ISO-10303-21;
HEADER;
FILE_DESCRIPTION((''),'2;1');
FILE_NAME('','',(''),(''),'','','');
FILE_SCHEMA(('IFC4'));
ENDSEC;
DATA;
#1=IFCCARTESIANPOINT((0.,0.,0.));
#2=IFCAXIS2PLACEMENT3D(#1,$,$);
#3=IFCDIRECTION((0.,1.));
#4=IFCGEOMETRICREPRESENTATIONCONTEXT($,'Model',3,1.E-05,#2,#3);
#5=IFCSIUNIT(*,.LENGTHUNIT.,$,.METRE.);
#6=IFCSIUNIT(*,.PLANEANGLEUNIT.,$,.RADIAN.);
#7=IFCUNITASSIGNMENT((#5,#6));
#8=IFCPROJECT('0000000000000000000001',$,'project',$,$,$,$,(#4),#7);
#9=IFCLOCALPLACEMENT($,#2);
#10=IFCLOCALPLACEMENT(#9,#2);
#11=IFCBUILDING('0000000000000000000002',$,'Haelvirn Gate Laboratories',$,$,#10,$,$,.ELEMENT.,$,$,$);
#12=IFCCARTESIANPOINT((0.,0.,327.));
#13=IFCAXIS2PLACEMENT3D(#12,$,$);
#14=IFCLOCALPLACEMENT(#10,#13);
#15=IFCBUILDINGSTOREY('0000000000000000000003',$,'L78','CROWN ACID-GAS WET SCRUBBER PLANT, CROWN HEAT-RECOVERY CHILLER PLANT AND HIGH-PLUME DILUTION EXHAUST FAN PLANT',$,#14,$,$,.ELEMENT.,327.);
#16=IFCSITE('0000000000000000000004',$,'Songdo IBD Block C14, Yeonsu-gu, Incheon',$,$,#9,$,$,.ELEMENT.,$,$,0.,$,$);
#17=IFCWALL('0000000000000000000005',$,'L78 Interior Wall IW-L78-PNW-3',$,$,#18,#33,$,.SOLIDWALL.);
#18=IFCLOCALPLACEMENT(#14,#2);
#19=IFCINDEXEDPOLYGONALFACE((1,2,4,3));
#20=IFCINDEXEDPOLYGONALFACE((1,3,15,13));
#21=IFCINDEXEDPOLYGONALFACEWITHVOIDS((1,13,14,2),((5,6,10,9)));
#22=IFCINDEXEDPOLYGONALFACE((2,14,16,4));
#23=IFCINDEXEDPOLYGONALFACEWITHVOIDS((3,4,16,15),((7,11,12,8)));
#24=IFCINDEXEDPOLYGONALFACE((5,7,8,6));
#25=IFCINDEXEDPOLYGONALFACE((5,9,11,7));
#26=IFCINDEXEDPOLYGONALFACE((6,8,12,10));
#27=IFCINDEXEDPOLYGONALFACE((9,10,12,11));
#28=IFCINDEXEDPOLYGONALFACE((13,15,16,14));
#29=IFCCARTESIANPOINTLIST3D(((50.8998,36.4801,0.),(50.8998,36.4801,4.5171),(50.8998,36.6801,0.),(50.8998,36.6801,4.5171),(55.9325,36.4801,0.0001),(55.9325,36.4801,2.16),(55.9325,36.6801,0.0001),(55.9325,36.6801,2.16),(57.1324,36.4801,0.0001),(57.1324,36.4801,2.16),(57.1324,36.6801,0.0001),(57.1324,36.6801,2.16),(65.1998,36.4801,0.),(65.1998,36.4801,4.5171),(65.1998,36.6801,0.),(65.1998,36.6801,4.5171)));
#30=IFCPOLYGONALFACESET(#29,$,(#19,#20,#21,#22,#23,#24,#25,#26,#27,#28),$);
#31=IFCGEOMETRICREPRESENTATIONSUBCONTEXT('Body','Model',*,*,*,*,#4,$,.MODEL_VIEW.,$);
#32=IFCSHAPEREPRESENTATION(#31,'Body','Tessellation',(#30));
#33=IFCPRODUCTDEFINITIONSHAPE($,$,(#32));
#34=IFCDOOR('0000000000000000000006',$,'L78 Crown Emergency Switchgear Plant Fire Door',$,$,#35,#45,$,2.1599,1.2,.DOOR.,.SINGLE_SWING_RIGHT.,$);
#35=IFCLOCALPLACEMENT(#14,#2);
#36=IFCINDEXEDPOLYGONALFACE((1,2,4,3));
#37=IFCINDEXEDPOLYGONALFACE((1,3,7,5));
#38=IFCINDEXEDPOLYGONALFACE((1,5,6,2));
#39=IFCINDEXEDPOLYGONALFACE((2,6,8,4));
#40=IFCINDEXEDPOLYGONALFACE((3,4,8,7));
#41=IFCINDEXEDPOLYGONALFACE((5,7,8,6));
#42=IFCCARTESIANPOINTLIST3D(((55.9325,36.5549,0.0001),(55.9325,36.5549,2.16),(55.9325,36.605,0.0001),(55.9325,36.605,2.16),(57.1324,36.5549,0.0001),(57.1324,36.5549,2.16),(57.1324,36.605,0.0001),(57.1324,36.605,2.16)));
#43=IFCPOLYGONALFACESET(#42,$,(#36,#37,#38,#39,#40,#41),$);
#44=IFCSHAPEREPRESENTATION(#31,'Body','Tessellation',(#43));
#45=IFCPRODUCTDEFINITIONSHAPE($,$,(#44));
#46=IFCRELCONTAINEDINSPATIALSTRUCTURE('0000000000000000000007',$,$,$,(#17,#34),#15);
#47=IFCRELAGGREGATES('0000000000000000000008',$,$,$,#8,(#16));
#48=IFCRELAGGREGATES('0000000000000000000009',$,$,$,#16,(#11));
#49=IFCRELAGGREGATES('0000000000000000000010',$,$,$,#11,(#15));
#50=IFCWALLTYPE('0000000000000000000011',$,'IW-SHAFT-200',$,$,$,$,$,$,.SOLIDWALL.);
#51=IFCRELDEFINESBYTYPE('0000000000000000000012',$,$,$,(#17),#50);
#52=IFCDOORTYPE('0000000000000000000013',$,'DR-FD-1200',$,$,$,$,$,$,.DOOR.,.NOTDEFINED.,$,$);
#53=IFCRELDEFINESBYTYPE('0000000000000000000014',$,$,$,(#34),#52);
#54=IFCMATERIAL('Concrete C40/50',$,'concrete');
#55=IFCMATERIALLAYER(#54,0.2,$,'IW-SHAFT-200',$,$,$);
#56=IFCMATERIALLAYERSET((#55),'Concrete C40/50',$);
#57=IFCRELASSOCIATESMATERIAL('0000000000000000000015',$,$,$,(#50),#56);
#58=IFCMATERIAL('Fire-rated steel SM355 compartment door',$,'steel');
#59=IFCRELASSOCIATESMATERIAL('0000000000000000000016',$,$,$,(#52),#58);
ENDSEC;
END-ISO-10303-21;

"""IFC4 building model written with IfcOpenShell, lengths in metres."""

from ifc_helpers import new_model, si_unit, direction, frame, frame_2d, origin, place, context, subcontext, project, spatial, rectangle, extrude, source, transform, mapped, material, layer, layer_set, type_object, type_shapes, element, fill, save


model = new_model("IFC4")

# Units and contexts
model_context = context("Model", 3, precision=1e-05, world=origin(), true_north=direction((0.0, 1.0)))
body_context = subcontext(model_context, "Body", "Model", "MODEL_VIEW")
ifc_project = project(units=[si_unit("LENGTHUNIT", "METRE"), si_unit("PLANEANGLEUNIT", "RADIAN")], contexts=[model_context])

# Site, building, storey
site_placement = place(None, origin())
site = spatial("IfcSite", under=ifc_project, at=site_placement, Name="Songdo IBD Block C14, Yeonsu-gu, Incheon", CompositionType="ELEMENT", RefElevation=0.0)
building_placement = place(site_placement, origin())
building = spatial("IfcBuilding", under=site, at=building_placement, Name="Haelvirn Gate Laboratories", CompositionType="ELEMENT")
storey_placement = place(building_placement, frame((0.0, 0.0, 327.0)))
storey = spatial("IfcBuildingStorey", under=building, at=storey_placement, Name="L78", Description="CROWN ACID-GAS WET SCRUBBER PLANT, CROWN HEAT-RECOVERY CHILLER PLANT AND HIGH-PLUME DILUTION EXHAUST FAN PLANT", CompositionType="ELEMENT", Elevation=327.0)

# Shared definitions
ifc_material_1 = material(Name="Concrete C40/50", Category="concrete")
ifc_layer_1 = layer(ifc_material_1, 0.2, Name="IW-SHAFT-200")
ifc_layer_set_1 = layer_set([ifc_layer_1], Name="Concrete C40/50")
wall_type_1 = type_object("IfcWallType", Name="IW-SHAFT-200", PredefinedType="SOLIDWALL", material=ifc_layer_set_1)

# Wall, opening, door
wall_1_placement = place(storey_placement, frame((50.8999, 36.5801, 0.0), z_axis=(0.0, 0.0, 1.0), x_axis=(1.0, 0.0, 0.0)))
wall_1 = element("IfcWall", 1, at=wall_1_placement, inside=storey, type_object=wall_type_1, Name="L78 Interior Wall IW-L78-PNW-3", PredefinedType="SOLIDWALL", context=body_context, shape_type="SweptSolid", body=[
    extrude(rectangle(XDim=14.3, YDim=0.2, at=frame_2d((7.1499, 0.0))), origin(), (0.0, 0.0, 1.0), 4.5171),
])
opening_1_placement = place(wall_1_placement, frame((5.0325, 0.0, 0.0)))
opening_1 = element("IfcOpeningElement", 2, at=opening_1_placement, cuts=wall_1, PredefinedType="OPENING", context=body_context, shape_type="SweptSolid", body=[
    extrude(rectangle(XDim=1.2, YDim=2.1599, at=frame_2d((0.6001, 1.0801))), frame((0.0, 0.1099, 0.0), z_axis=(0.0, -1.0, 0.0), x_axis=(1.0, 0.0, 0.0)), (0.0, 0.0, 1.0), 0.22),
])
ifc_material_2 = material(Name="Fire-rated steel SM355 compartment door", Category="steel")
door_type_1 = type_object("IfcDoorType", Name="DR-FD-1200", OperationType="NOTDEFINED", PredefinedType="DOOR", material=ifc_material_2)
shared_shape_1 = source(origin(), body_context, "Body", "SweptSolid", [
    extrude(rectangle(XDim=1.2, YDim=2.1599, at=frame_2d((0.6001, 1.0801))), frame((0.0, 0.0249, 0.0), z_axis=(0.0, -1.0, 0.0), x_axis=(1.0, 0.0, 0.0)), (0.0, 0.0, 1.0), 0.05),
])
type_shapes(door_type_1, [shared_shape_1])
door_1_placement = place(opening_1_placement, origin())
door_1 = element("IfcDoor", 3, at=door_1_placement, inside=storey, type_object=door_type_1, Name="L78 Crown Emergency Switchgear Plant Fire Door", OperationType="SINGLE_SWING_RIGHT", OverallHeight=2.1599, OverallWidth=1.2, PredefinedType="DOOR", context=body_context, shape_type="MappedRepresentation", body=[
    mapped(shared_shape_1, transform((0.0, 0.0, 0.0), scale=1.0)),
])
fill(opening_1, door_1)

save(model, "model.ifc")
